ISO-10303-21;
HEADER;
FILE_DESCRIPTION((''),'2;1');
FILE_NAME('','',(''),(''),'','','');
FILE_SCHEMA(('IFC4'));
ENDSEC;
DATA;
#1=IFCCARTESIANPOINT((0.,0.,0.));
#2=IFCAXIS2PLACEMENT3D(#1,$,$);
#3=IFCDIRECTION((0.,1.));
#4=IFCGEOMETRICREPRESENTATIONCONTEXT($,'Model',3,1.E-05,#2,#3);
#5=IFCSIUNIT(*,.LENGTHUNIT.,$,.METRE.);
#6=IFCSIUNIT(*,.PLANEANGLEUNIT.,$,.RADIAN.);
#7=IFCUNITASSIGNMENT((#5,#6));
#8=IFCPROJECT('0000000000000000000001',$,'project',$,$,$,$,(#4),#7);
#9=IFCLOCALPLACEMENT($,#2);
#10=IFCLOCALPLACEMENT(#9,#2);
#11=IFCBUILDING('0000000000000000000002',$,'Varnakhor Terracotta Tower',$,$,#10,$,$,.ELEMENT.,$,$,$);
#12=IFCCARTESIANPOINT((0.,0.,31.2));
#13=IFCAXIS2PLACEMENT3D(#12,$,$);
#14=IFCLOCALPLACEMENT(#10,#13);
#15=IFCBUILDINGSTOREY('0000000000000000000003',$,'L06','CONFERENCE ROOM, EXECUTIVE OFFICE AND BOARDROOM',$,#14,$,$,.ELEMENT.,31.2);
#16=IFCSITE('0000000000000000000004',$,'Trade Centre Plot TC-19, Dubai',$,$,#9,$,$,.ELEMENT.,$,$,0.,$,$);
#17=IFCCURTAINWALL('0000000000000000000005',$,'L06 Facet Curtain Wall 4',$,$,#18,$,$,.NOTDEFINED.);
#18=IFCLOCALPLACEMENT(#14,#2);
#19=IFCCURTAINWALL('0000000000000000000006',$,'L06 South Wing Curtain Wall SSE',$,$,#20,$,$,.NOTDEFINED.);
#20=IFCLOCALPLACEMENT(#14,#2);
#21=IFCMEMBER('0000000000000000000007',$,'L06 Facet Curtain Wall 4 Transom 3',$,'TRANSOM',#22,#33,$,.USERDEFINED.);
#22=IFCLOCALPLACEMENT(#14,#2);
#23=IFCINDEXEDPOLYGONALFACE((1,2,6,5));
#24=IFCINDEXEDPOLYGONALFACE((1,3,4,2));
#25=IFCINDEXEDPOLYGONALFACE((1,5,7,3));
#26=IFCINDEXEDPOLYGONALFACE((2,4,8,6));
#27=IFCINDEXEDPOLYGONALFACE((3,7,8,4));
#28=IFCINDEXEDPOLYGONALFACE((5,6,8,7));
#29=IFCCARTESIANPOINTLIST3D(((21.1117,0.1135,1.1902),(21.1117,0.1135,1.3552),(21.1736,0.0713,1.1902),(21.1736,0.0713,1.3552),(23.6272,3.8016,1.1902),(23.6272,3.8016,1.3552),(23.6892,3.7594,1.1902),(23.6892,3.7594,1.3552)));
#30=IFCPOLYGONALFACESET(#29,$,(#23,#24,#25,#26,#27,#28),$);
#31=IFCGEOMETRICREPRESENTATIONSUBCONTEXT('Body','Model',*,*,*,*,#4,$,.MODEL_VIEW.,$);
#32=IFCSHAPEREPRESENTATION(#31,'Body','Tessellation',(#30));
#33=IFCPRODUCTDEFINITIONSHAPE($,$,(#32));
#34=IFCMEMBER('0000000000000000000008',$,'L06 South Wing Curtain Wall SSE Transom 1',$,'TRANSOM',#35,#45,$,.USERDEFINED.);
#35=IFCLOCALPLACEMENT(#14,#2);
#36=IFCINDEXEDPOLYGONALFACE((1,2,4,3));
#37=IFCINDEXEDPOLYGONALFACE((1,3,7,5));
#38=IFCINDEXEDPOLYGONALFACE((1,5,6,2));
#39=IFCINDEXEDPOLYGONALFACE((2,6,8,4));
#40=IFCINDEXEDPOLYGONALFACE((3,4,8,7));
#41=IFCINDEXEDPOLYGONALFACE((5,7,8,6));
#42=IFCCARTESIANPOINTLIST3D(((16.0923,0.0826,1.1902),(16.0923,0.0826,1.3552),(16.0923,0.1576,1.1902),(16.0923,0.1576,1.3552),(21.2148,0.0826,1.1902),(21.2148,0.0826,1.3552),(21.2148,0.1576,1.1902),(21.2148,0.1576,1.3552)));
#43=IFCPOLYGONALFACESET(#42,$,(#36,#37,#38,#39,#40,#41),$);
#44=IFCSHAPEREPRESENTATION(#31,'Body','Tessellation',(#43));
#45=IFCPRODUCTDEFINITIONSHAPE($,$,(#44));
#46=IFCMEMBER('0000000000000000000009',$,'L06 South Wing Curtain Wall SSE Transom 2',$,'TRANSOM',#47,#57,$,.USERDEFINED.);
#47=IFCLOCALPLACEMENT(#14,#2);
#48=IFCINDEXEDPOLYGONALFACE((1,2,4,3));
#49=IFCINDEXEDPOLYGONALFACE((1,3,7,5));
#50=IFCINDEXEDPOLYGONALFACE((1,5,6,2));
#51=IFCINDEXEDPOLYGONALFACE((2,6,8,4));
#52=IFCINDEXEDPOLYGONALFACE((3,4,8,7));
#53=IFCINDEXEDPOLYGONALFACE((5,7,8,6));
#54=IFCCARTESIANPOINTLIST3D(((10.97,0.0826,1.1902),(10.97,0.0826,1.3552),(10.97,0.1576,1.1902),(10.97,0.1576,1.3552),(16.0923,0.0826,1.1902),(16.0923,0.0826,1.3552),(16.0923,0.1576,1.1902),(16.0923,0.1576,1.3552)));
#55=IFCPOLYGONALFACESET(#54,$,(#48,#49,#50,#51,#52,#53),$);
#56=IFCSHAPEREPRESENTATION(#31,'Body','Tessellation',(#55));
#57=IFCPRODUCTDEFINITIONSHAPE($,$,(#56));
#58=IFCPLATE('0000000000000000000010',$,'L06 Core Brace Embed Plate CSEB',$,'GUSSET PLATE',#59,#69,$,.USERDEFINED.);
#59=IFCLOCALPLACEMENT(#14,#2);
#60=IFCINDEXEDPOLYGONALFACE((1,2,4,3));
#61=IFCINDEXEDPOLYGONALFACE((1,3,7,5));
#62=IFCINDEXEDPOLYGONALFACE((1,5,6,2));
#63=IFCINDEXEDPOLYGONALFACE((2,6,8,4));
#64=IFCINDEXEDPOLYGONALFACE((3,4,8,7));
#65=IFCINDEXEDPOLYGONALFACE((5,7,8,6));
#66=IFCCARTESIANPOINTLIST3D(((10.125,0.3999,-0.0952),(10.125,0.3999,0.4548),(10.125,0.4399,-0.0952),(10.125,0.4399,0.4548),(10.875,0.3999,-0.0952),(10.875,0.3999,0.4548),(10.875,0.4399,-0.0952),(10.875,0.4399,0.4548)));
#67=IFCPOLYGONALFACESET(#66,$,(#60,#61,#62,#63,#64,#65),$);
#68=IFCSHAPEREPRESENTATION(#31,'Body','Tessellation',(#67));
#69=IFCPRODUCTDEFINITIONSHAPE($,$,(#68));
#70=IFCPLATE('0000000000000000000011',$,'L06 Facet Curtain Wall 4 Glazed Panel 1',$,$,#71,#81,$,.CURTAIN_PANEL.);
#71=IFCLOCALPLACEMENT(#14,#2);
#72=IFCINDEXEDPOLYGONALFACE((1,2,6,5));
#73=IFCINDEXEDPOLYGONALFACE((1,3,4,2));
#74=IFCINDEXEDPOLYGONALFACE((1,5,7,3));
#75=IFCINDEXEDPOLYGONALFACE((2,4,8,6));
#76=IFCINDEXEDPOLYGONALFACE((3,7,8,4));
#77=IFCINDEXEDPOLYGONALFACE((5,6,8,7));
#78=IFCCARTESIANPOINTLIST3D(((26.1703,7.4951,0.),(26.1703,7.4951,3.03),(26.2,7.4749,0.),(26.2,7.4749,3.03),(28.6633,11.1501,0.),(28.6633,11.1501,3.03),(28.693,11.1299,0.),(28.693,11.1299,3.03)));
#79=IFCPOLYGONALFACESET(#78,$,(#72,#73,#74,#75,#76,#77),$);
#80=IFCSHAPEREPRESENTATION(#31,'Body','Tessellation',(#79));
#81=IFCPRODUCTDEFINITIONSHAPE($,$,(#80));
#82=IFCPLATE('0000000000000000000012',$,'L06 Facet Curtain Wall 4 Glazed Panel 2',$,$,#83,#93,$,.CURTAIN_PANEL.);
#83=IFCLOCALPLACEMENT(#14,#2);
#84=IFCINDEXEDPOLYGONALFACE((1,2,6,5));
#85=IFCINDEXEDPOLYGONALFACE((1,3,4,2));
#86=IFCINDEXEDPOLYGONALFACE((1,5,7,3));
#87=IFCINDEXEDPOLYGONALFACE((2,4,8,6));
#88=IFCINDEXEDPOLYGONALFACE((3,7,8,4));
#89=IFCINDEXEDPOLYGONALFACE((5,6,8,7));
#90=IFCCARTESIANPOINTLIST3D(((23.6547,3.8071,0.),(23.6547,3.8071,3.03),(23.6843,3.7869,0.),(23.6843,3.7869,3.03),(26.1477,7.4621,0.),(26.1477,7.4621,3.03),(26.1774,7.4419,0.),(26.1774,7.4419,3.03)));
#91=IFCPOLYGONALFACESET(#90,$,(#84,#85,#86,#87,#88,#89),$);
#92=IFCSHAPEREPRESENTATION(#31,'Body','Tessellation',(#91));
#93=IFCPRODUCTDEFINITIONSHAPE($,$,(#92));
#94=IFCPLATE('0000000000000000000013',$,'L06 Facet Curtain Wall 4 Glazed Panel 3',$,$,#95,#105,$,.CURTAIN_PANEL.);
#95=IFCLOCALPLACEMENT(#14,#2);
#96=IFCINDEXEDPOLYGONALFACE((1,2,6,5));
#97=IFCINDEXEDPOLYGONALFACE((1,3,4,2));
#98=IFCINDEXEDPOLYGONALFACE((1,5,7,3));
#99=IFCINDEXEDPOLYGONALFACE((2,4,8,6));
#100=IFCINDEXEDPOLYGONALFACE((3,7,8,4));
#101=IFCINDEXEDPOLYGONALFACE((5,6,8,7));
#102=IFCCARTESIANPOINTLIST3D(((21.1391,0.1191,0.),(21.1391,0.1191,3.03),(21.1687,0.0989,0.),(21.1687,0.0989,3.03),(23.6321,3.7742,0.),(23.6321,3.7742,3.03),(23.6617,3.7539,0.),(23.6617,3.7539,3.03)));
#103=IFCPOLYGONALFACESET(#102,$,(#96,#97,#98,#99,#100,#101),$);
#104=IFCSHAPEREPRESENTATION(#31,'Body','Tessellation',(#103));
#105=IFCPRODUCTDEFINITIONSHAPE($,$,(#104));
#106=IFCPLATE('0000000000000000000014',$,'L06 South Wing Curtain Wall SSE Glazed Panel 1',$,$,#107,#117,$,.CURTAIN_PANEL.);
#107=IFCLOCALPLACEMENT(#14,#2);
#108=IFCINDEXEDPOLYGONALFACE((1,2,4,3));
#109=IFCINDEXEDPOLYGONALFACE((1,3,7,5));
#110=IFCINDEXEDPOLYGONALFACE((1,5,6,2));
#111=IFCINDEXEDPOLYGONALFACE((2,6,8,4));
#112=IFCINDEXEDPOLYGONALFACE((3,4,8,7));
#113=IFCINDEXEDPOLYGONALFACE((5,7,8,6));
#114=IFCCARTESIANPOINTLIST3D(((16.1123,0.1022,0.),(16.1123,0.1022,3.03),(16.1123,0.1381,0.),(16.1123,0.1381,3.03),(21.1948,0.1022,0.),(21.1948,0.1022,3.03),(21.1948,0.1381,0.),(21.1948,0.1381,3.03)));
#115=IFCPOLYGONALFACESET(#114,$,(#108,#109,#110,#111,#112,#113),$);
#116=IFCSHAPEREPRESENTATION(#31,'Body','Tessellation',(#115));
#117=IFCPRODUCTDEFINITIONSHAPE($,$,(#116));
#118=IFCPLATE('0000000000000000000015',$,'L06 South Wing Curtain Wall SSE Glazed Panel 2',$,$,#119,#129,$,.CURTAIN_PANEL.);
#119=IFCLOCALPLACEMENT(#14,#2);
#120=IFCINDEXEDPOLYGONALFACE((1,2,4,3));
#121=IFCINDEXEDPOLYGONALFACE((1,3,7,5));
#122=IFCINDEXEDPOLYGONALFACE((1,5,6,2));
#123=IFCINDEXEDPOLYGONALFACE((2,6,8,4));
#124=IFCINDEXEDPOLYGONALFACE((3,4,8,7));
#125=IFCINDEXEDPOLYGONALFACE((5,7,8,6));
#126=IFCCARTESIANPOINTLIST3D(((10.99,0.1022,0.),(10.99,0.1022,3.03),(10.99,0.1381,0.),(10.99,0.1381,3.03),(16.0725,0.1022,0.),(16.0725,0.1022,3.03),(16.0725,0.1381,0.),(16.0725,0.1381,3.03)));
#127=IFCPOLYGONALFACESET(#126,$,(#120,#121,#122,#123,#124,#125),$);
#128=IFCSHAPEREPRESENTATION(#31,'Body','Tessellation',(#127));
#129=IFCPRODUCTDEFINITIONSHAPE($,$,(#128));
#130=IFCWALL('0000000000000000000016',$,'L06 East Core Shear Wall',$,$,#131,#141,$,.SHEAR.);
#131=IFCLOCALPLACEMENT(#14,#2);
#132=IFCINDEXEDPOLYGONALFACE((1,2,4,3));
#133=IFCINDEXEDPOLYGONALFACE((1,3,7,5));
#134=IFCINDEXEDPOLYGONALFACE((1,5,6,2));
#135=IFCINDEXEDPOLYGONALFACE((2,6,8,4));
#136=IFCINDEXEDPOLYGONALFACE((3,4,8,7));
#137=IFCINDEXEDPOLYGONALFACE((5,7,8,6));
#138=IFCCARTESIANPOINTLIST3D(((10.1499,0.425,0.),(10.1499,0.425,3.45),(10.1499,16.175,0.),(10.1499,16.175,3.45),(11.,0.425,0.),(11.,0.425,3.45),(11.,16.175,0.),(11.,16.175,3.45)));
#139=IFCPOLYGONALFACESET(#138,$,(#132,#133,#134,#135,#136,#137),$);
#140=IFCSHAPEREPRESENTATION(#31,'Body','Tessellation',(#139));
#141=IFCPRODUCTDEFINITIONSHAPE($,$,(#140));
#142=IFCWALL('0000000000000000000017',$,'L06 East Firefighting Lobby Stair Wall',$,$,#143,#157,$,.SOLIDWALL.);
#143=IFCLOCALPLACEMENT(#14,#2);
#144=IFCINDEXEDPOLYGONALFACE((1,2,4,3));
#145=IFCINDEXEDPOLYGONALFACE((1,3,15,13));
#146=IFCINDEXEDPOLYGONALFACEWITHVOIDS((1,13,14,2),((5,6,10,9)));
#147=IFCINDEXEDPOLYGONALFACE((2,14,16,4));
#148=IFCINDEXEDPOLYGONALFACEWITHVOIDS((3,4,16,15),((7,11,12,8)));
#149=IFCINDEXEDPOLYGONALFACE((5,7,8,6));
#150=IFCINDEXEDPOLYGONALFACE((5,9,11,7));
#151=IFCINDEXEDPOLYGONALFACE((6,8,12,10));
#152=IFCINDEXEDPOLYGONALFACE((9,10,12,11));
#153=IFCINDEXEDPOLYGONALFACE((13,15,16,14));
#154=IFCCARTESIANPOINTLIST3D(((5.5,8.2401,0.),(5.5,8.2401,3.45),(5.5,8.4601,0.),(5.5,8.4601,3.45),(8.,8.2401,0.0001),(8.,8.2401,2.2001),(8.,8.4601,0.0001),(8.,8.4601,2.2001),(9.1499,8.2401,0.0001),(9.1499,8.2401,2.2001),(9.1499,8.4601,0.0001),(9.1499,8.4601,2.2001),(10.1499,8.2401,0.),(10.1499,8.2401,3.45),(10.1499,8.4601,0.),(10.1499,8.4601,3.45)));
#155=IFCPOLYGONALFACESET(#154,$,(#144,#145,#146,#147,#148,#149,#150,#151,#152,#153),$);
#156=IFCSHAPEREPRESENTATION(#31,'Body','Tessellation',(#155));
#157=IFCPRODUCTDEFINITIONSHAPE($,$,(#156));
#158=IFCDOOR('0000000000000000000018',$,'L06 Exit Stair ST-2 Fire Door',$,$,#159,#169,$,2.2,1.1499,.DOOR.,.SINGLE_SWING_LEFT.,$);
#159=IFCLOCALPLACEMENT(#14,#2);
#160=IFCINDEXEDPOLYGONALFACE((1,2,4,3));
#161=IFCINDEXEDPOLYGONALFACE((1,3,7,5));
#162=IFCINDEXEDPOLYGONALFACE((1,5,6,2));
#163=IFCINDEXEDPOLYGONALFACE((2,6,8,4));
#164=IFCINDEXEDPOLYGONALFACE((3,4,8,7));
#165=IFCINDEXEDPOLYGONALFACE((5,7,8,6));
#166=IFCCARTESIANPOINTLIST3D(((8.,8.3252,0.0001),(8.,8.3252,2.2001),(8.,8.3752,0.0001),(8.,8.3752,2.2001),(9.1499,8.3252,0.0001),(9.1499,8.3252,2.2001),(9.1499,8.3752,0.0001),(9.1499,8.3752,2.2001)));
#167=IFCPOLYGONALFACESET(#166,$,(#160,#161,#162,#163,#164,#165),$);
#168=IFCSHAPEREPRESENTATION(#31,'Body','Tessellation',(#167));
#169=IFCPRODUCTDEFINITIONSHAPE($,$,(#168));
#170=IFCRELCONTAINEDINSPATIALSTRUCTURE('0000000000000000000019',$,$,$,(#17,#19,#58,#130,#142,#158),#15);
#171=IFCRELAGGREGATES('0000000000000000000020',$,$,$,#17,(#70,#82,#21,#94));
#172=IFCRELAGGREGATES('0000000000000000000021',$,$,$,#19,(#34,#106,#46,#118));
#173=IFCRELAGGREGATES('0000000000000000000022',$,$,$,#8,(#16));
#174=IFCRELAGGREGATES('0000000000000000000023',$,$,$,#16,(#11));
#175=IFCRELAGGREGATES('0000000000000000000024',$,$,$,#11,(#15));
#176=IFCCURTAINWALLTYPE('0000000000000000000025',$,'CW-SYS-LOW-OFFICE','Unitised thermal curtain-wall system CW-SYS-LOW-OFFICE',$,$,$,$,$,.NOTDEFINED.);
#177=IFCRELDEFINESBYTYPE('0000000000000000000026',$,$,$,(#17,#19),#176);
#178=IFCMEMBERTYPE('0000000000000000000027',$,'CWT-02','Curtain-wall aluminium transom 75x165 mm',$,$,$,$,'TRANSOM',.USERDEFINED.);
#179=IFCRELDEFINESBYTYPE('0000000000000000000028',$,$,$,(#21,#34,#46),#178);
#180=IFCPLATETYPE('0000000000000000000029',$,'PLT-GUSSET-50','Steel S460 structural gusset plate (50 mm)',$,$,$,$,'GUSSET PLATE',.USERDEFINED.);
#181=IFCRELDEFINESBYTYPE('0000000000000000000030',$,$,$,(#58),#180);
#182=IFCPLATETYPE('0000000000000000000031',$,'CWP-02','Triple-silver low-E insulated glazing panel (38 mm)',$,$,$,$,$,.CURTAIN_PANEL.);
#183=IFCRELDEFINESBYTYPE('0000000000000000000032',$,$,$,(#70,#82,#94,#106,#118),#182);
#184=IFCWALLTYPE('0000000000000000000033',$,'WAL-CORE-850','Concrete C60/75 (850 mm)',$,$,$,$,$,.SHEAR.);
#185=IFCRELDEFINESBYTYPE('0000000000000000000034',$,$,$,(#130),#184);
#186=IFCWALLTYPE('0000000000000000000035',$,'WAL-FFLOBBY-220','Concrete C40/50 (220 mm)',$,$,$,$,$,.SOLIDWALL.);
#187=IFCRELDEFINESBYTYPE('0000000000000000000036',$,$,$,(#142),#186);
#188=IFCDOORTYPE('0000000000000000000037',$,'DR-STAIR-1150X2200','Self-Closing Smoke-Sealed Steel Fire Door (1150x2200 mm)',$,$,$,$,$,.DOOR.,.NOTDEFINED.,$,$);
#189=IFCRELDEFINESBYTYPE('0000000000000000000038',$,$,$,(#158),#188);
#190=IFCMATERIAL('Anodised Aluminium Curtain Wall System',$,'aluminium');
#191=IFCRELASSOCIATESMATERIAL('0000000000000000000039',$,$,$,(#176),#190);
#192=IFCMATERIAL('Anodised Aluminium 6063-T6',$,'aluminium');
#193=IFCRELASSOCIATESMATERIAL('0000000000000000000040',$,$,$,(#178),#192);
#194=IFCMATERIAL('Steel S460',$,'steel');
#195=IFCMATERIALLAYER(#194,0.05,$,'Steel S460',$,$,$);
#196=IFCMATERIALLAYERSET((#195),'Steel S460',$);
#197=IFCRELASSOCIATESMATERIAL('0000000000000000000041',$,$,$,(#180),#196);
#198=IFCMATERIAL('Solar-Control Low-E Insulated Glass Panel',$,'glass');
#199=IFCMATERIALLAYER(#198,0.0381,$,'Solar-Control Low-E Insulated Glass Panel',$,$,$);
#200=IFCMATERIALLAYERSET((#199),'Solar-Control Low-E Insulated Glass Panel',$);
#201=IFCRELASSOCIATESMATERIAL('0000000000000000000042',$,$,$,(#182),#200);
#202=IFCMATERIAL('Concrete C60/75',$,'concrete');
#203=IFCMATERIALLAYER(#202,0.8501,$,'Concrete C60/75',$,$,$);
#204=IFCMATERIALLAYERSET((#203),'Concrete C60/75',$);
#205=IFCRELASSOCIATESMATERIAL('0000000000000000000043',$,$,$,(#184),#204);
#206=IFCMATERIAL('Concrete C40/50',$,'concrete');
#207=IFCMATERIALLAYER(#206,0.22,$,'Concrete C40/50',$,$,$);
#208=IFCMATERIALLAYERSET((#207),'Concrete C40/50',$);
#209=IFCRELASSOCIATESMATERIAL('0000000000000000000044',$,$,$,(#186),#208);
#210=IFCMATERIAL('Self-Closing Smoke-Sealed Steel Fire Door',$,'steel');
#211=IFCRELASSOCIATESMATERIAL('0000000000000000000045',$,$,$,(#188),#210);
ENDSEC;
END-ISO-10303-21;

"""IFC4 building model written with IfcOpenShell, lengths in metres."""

from ifc_helpers import new_model, si_unit, direction, frame, frame_2d, origin, origin_2d, place, context, subcontext, project, spatial, rectangle, extrude, source, transform, mapped, material, layer, layer_set, material_profile, profile_set, type_object, type_shapes, element, fill, aggregate, save


model = new_model("IFC4")

# Units and contexts
model_context = context("Model", 3, precision=1e-05, world=origin(), true_north=direction((0.0, 1.0)))
body_context = subcontext(model_context, "Body", "Model", "MODEL_VIEW")
ifc_project = project(units=[si_unit("LENGTHUNIT", "METRE"), si_unit("PLANEANGLEUNIT", "RADIAN")], contexts=[model_context])

# Site, building, storey
site_placement = place(None, origin())
site = spatial("IfcSite", under=ifc_project, at=site_placement, Name="Trade Centre Plot TC-19, Dubai", CompositionType="ELEMENT", RefElevation=0.0)
building_placement = place(site_placement, origin())
building = spatial("IfcBuilding", under=site, at=building_placement, Name="Varnakhor Terracotta Tower", CompositionType="ELEMENT")
storey_placement = place(building_placement, frame((0.0, 0.0, 31.2)))
storey = spatial("IfcBuildingStorey", under=building, at=storey_placement, Name="L06", Description="CONFERENCE ROOM, EXECUTIVE OFFICE AND BOARDROOM", CompositionType="ELEMENT", Elevation=31.2)

# Shared definitions
ifc_material_1 = material(Name="Steel S460", Category="steel")

# Curtain walls
ifc_material_2 = material(Name="Anodised Aluminium Curtain Wall System", Category="aluminium")
curtain_wall_type = type_object("IfcCurtainWallType", Name="CW-SYS-LOW-OFFICE", Description="Unitised thermal curtain-wall system CW-SYS-LOW-OFFICE", PredefinedType="NOTDEFINED", material=ifc_material_2)
curtain_wall_1_placement = place(storey_placement, origin())
curtain_wall_1 = element("IfcCurtainWall", 1, at=curtain_wall_1_placement, inside=storey, type_object=curtain_wall_type, Name="L06 Facet Curtain Wall 4", PredefinedType="NOTDEFINED")
ifc_material_3 = material(Name="Anodised Aluminium 6063-T6", Category="aluminium")
curtain_wall_2_placement = place(storey_placement, origin())
curtain_wall_2 = element("IfcCurtainWall", 2, at=curtain_wall_2_placement, inside=storey, type_object=curtain_wall_type, Name="L06 South Wing Curtain Wall SSE", PredefinedType="NOTDEFINED")

# Members
ifc_material_profile_1 = material_profile(ifc_material_3, rectangle(XDim=0.075, YDim=0.165, at=origin_2d()), Name="ALU TRANSOM 75x165")
ifc_profile_set_1 = profile_set([ifc_material_profile_1], Name="Anodised Aluminium 6063-T6")
member_type_1 = type_object("IfcMemberType", Name="CWT-02", Description="Curtain-wall aluminium transom 75x165 mm", ElementType="TRANSOM", PredefinedType="USERDEFINED", material=ifc_profile_set_1)
shared_shape_1 = source(origin(), body_context, "Body", "SweptSolid", [
    extrude(rectangle(XDim=0.075, YDim=0.165, at=origin_2d()), origin(), (0.0, 0.0, 1.0), 4.4644),
])
member_1_placement = place(storey_placement, frame((23.6582, 3.7805, 1.2727), z_axis=(-0.563478, -0.826131, 0.0), x_axis=(0.826131, -0.563478, 0.0)))
member_1 = element("IfcMember", 3, at=member_1_placement, type_object=member_type_1, Name="L06 Facet Curtain Wall 4 Transom 3", ObjectType="TRANSOM", PredefinedType="USERDEFINED", context=body_context, shape_type="MappedRepresentation", body=[
    mapped(shared_shape_1, transform((0.0, 0.0, 0.0), scale=1.0)),
])
shared_shape_2 = source(origin(), body_context, "Body", "SweptSolid", [
    extrude(rectangle(XDim=0.075, YDim=0.165, at=origin_2d()), origin(), (0.0, 0.0, 1.0), 5.1226),
])
member_2_placement = place(storey_placement, frame((21.2148, 0.1201, 1.2727), z_axis=(-1.0, 0.0, 0.0), x_axis=(0.0, -1.0, 0.0)))
member_2 = element("IfcMember", 4, at=member_2_placement, type_object=member_type_1, Name="L06 South Wing Curtain Wall SSE Transom 1", ObjectType="TRANSOM", PredefinedType="USERDEFINED", context=body_context, shape_type="MappedRepresentation", body=[
    mapped(shared_shape_2, transform((0.0, 0.0, 0.0), scale=1.0)),
])
shared_shape_3 = source(origin(), body_context, "Body", "SweptSolid", [
    extrude(rectangle(XDim=0.075, YDim=0.165, at=origin_2d()), origin(), (0.0, 0.0, 1.0), 5.1223),
])
member_3_placement = place(storey_placement, frame((16.0923, 0.1201, 1.2727), z_axis=(-1.0, 0.0, 0.0), x_axis=(0.0, -1.0, 0.0)))
member_3 = element("IfcMember", 5, at=member_3_placement, type_object=member_type_1, Name="L06 South Wing Curtain Wall SSE Transom 2", ObjectType="TRANSOM", PredefinedType="USERDEFINED", context=body_context, shape_type="MappedRepresentation", body=[
    mapped(shared_shape_3, transform((0.0, 0.0, 0.0), scale=1.0)),
])

# Plates
ifc_layer_1 = layer(ifc_material_1, 0.05, Name="Steel S460")
ifc_layer_set_1 = layer_set([ifc_layer_1], Name="Steel S460")
plate_type_1 = type_object("IfcPlateType", Name="PLT-GUSSET-50", Description="Steel S460 structural gusset plate (50 mm)", ElementType="GUSSET PLATE", PredefinedType="USERDEFINED", material=ifc_layer_set_1)
shared_shape_4 = source(origin(), body_context, "Body", "SweptSolid", [
    extrude(rectangle(XDim=0.75, YDim=0.04, at=origin_2d()), origin(), (0.0, 0.0, 1.0), 0.55),
])
type_shapes(plate_type_1, [shared_shape_4])
plate_1_placement = place(storey_placement, frame((10.5, 0.4199, -0.0952), z_axis=(0.0, 0.0, 1.0), x_axis=(1.0, 0.0, 0.0)))
element("IfcPlate", 6, at=plate_1_placement, inside=storey, type_object=plate_type_1, Name="L06 Core Brace Embed Plate CSEB", ObjectType="GUSSET PLATE", PredefinedType="USERDEFINED", context=body_context, shape_type="MappedRepresentation", body=[
    mapped(shared_shape_4, transform((0.0, 0.0, 0.0), scale=1.0)),
])
ifc_material_4 = material(Name="Solar-Control Low-E Insulated Glass Panel", Category="glass")
ifc_layer_2 = layer(ifc_material_4, 0.0381, Name="Solar-Control Low-E Insulated Glass Panel")
ifc_layer_set_2 = layer_set([ifc_layer_2], Name="Solar-Control Low-E Insulated Glass Panel")
plate_type_2 = type_object("IfcPlateType", Name="CWP-02", Description="Triple-silver low-E insulated glazing panel (38 mm)", PredefinedType="CURTAIN_PANEL", material=ifc_layer_set_2)
shared_shape_5 = source(origin(), body_context, "Body", "SweptSolid", [
    extrude(rectangle(XDim=4.4243, YDim=0.0359, at=origin_2d()), origin(), (0.0, 0.0, 1.0), 3.03),
])
plate_2_placement = place(storey_placement, frame((27.4316, 9.3125, 0.0), z_axis=(0.0, 0.0, 1.0), x_axis=(-0.563483, -0.826128, 0.0)))
plate_2 = element("IfcPlate", 7, at=plate_2_placement, type_object=plate_type_2, Name="L06 Facet Curtain Wall 4 Glazed Panel 1", PredefinedType="CURTAIN_PANEL", context=body_context, shape_type="MappedRepresentation", body=[
    mapped(shared_shape_5, transform((0.0, 0.0, 0.0), scale=1.0)),
])
plate_3_placement = place(storey_placement, frame((24.916, 5.6245, 0.0), z_axis=(0.0, 0.0, 1.0), x_axis=(-0.563483, -0.826128, 0.0)))
plate_3 = element("IfcPlate", 8, at=plate_3_placement, type_object=plate_type_2, Name="L06 Facet Curtain Wall 4 Glazed Panel 2", PredefinedType="CURTAIN_PANEL", context=body_context, shape_type="MappedRepresentation", body=[
    mapped(shared_shape_5, transform((0.0, 0.0, 0.0), scale=1.0)),
])
plate_4_placement = place(storey_placement, frame((22.4004, 1.9365, 0.0), z_axis=(0.0, 0.0, 1.0), x_axis=(-0.563483, -0.826128, 0.0)))
plate_4 = element("IfcPlate", 9, at=plate_4_placement, type_object=plate_type_2, Name="L06 Facet Curtain Wall 4 Glazed Panel 3", PredefinedType="CURTAIN_PANEL", context=body_context, shape_type="MappedRepresentation", body=[
    mapped(shared_shape_5, transform((0.0, 0.0, 0.0), scale=1.0)),
])
aggregate(curtain_wall_1, [plate_2, plate_3, member_1, plate_4])
shared_shape_6 = source(origin(), body_context, "Body", "SweptSolid", [
    extrude(rectangle(XDim=5.0825, YDim=0.0359, at=origin_2d()), origin(), (0.0, 0.0, 1.0), 3.03),
])
plate_5_placement = place(storey_placement, frame((18.6536, 0.1201, 0.0), z_axis=(0.0, 0.0, 1.0), x_axis=(-1.0, 0.0, 0.0)))
plate_5 = element("IfcPlate", 10, at=plate_5_placement, type_object=plate_type_2, Name="L06 South Wing Curtain Wall SSE Glazed Panel 1", PredefinedType="CURTAIN_PANEL", context=body_context, shape_type="MappedRepresentation", body=[
    mapped(shared_shape_6, transform((0.0, 0.0, 0.0), scale=1.0)),
])
plate_6_placement = place(storey_placement, frame((13.5312, 0.1201, 0.0), z_axis=(0.0, 0.0, 1.0), x_axis=(-1.0, 0.0, 0.0)))
plate_6 = element("IfcPlate", 11, at=plate_6_placement, type_object=plate_type_2, Name="L06 South Wing Curtain Wall SSE Glazed Panel 2", PredefinedType="CURTAIN_PANEL", context=body_context, shape_type="MappedRepresentation", body=[
    mapped(shared_shape_6, transform((0.0, 0.0, 0.0), scale=1.0)),
])
aggregate(curtain_wall_2, [member_2, plate_5, member_3, plate_6])

# Wall
ifc_material_5 = material(Name="Concrete C60/75", Category="concrete")
ifc_layer_3 = layer(ifc_material_5, 0.8501, Name="Concrete C60/75")
ifc_layer_set_3 = layer_set([ifc_layer_3], Name="Concrete C60/75")
wall_type_1 = type_object("IfcWallType", Name="WAL-CORE-850", Description="Concrete C60/75 (850 mm)", PredefinedType="SHEAR", material=ifc_layer_set_3)
wall_1_placement = place(storey_placement, frame((10.575, 0.425, 0.0), z_axis=(0.0, 0.0, 1.0), x_axis=(0.0, 1.0, 0.0)))
element("IfcWall", 12, at=wall_1_placement, inside=storey, type_object=wall_type_1, Name="L06 East Core Shear Wall", PredefinedType="SHEAR", context=body_context, shape_type="SweptSolid", body=[
    extrude(rectangle(XDim=15.75, YDim=0.8501, at=frame_2d((7.875, 0.0))), origin(), (0.0, 0.0, 1.0), 3.45),
])

# Wall, opening, door
ifc_material_6 = material(Name="Concrete C40/50", Category="concrete")
ifc_layer_4 = layer(ifc_material_6, 0.22, Name="Concrete C40/50")
ifc_layer_set_4 = layer_set([ifc_layer_4], Name="Concrete C40/50")
wall_type_2 = type_object("IfcWallType", Name="WAL-FFLOBBY-220", Description="Concrete C40/50 (220 mm)", PredefinedType="SOLIDWALL", material=ifc_layer_set_4)
wall_2_placement = place(storey_placement, frame((10.1499, 8.3501, 0.0), z_axis=(0.0, 0.0, 1.0), x_axis=(-1.0, 0.0, 0.0)))
wall_2 = element("IfcWall", 13, at=wall_2_placement, inside=storey, type_object=wall_type_2, Name="L06 East Firefighting Lobby Stair Wall", PredefinedType="SOLIDWALL", context=body_context, shape_type="SweptSolid", body=[
    extrude(rectangle(XDim=4.6499, YDim=0.22, at=frame_2d((2.325, 0.0))), origin(), (0.0, 0.0, 1.0), 3.45),
])
opening_1_placement = place(wall_2_placement, frame((1.0, 0.0, 0.0)))
opening_1 = element("IfcOpeningElement", 14, at=opening_1_placement, cuts=wall_2, PredefinedType="OPENING", context=body_context, shape_type="SweptSolid", body=[
    extrude(rectangle(XDim=1.1499, YDim=2.2, at=frame_2d((0.575, 1.1001))), frame((0.0, 0.1201, 0.0), z_axis=(0.0, -1.0, 0.0), x_axis=(1.0, 0.0, 0.0)), (0.0, 0.0, 1.0), 0.24),
])
ifc_material_7 = material(Name="Self-Closing Smoke-Sealed Steel Fire Door", Category="steel")
door_type_1 = type_object("IfcDoorType", Name="DR-STAIR-1150X2200", Description="Self-Closing Smoke-Sealed Steel Fire Door (1150x2200 mm)", OperationType="NOTDEFINED", PredefinedType="DOOR", material=ifc_material_7)
shared_shape_7 = source(origin(), body_context, "Body", "SweptSolid", [
    extrude(rectangle(XDim=1.1499, YDim=2.2, at=frame_2d((0.575, 1.1001))), frame((0.0, 0.0249, 0.0), z_axis=(0.0, -1.0, 0.0), x_axis=(1.0, 0.0, 0.0)), (0.0, 0.0, 1.0), 0.05),
])
type_shapes(door_type_1, [shared_shape_7])
door_1_placement = place(opening_1_placement, origin())
door_1 = element("IfcDoor", 15, at=door_1_placement, inside=storey, type_object=door_type_1, Name="L06 Exit Stair ST-2 Fire Door", OperationType="SINGLE_SWING_LEFT", OverallHeight=2.2, OverallWidth=1.1499, PredefinedType="DOOR", context=body_context, shape_type="MappedRepresentation", body=[
    mapped(shared_shape_7, transform((0.0, 0.0, 0.0), scale=1.0)),
])
fill(opening_1, door_1)

save(model, "model.ifc")
